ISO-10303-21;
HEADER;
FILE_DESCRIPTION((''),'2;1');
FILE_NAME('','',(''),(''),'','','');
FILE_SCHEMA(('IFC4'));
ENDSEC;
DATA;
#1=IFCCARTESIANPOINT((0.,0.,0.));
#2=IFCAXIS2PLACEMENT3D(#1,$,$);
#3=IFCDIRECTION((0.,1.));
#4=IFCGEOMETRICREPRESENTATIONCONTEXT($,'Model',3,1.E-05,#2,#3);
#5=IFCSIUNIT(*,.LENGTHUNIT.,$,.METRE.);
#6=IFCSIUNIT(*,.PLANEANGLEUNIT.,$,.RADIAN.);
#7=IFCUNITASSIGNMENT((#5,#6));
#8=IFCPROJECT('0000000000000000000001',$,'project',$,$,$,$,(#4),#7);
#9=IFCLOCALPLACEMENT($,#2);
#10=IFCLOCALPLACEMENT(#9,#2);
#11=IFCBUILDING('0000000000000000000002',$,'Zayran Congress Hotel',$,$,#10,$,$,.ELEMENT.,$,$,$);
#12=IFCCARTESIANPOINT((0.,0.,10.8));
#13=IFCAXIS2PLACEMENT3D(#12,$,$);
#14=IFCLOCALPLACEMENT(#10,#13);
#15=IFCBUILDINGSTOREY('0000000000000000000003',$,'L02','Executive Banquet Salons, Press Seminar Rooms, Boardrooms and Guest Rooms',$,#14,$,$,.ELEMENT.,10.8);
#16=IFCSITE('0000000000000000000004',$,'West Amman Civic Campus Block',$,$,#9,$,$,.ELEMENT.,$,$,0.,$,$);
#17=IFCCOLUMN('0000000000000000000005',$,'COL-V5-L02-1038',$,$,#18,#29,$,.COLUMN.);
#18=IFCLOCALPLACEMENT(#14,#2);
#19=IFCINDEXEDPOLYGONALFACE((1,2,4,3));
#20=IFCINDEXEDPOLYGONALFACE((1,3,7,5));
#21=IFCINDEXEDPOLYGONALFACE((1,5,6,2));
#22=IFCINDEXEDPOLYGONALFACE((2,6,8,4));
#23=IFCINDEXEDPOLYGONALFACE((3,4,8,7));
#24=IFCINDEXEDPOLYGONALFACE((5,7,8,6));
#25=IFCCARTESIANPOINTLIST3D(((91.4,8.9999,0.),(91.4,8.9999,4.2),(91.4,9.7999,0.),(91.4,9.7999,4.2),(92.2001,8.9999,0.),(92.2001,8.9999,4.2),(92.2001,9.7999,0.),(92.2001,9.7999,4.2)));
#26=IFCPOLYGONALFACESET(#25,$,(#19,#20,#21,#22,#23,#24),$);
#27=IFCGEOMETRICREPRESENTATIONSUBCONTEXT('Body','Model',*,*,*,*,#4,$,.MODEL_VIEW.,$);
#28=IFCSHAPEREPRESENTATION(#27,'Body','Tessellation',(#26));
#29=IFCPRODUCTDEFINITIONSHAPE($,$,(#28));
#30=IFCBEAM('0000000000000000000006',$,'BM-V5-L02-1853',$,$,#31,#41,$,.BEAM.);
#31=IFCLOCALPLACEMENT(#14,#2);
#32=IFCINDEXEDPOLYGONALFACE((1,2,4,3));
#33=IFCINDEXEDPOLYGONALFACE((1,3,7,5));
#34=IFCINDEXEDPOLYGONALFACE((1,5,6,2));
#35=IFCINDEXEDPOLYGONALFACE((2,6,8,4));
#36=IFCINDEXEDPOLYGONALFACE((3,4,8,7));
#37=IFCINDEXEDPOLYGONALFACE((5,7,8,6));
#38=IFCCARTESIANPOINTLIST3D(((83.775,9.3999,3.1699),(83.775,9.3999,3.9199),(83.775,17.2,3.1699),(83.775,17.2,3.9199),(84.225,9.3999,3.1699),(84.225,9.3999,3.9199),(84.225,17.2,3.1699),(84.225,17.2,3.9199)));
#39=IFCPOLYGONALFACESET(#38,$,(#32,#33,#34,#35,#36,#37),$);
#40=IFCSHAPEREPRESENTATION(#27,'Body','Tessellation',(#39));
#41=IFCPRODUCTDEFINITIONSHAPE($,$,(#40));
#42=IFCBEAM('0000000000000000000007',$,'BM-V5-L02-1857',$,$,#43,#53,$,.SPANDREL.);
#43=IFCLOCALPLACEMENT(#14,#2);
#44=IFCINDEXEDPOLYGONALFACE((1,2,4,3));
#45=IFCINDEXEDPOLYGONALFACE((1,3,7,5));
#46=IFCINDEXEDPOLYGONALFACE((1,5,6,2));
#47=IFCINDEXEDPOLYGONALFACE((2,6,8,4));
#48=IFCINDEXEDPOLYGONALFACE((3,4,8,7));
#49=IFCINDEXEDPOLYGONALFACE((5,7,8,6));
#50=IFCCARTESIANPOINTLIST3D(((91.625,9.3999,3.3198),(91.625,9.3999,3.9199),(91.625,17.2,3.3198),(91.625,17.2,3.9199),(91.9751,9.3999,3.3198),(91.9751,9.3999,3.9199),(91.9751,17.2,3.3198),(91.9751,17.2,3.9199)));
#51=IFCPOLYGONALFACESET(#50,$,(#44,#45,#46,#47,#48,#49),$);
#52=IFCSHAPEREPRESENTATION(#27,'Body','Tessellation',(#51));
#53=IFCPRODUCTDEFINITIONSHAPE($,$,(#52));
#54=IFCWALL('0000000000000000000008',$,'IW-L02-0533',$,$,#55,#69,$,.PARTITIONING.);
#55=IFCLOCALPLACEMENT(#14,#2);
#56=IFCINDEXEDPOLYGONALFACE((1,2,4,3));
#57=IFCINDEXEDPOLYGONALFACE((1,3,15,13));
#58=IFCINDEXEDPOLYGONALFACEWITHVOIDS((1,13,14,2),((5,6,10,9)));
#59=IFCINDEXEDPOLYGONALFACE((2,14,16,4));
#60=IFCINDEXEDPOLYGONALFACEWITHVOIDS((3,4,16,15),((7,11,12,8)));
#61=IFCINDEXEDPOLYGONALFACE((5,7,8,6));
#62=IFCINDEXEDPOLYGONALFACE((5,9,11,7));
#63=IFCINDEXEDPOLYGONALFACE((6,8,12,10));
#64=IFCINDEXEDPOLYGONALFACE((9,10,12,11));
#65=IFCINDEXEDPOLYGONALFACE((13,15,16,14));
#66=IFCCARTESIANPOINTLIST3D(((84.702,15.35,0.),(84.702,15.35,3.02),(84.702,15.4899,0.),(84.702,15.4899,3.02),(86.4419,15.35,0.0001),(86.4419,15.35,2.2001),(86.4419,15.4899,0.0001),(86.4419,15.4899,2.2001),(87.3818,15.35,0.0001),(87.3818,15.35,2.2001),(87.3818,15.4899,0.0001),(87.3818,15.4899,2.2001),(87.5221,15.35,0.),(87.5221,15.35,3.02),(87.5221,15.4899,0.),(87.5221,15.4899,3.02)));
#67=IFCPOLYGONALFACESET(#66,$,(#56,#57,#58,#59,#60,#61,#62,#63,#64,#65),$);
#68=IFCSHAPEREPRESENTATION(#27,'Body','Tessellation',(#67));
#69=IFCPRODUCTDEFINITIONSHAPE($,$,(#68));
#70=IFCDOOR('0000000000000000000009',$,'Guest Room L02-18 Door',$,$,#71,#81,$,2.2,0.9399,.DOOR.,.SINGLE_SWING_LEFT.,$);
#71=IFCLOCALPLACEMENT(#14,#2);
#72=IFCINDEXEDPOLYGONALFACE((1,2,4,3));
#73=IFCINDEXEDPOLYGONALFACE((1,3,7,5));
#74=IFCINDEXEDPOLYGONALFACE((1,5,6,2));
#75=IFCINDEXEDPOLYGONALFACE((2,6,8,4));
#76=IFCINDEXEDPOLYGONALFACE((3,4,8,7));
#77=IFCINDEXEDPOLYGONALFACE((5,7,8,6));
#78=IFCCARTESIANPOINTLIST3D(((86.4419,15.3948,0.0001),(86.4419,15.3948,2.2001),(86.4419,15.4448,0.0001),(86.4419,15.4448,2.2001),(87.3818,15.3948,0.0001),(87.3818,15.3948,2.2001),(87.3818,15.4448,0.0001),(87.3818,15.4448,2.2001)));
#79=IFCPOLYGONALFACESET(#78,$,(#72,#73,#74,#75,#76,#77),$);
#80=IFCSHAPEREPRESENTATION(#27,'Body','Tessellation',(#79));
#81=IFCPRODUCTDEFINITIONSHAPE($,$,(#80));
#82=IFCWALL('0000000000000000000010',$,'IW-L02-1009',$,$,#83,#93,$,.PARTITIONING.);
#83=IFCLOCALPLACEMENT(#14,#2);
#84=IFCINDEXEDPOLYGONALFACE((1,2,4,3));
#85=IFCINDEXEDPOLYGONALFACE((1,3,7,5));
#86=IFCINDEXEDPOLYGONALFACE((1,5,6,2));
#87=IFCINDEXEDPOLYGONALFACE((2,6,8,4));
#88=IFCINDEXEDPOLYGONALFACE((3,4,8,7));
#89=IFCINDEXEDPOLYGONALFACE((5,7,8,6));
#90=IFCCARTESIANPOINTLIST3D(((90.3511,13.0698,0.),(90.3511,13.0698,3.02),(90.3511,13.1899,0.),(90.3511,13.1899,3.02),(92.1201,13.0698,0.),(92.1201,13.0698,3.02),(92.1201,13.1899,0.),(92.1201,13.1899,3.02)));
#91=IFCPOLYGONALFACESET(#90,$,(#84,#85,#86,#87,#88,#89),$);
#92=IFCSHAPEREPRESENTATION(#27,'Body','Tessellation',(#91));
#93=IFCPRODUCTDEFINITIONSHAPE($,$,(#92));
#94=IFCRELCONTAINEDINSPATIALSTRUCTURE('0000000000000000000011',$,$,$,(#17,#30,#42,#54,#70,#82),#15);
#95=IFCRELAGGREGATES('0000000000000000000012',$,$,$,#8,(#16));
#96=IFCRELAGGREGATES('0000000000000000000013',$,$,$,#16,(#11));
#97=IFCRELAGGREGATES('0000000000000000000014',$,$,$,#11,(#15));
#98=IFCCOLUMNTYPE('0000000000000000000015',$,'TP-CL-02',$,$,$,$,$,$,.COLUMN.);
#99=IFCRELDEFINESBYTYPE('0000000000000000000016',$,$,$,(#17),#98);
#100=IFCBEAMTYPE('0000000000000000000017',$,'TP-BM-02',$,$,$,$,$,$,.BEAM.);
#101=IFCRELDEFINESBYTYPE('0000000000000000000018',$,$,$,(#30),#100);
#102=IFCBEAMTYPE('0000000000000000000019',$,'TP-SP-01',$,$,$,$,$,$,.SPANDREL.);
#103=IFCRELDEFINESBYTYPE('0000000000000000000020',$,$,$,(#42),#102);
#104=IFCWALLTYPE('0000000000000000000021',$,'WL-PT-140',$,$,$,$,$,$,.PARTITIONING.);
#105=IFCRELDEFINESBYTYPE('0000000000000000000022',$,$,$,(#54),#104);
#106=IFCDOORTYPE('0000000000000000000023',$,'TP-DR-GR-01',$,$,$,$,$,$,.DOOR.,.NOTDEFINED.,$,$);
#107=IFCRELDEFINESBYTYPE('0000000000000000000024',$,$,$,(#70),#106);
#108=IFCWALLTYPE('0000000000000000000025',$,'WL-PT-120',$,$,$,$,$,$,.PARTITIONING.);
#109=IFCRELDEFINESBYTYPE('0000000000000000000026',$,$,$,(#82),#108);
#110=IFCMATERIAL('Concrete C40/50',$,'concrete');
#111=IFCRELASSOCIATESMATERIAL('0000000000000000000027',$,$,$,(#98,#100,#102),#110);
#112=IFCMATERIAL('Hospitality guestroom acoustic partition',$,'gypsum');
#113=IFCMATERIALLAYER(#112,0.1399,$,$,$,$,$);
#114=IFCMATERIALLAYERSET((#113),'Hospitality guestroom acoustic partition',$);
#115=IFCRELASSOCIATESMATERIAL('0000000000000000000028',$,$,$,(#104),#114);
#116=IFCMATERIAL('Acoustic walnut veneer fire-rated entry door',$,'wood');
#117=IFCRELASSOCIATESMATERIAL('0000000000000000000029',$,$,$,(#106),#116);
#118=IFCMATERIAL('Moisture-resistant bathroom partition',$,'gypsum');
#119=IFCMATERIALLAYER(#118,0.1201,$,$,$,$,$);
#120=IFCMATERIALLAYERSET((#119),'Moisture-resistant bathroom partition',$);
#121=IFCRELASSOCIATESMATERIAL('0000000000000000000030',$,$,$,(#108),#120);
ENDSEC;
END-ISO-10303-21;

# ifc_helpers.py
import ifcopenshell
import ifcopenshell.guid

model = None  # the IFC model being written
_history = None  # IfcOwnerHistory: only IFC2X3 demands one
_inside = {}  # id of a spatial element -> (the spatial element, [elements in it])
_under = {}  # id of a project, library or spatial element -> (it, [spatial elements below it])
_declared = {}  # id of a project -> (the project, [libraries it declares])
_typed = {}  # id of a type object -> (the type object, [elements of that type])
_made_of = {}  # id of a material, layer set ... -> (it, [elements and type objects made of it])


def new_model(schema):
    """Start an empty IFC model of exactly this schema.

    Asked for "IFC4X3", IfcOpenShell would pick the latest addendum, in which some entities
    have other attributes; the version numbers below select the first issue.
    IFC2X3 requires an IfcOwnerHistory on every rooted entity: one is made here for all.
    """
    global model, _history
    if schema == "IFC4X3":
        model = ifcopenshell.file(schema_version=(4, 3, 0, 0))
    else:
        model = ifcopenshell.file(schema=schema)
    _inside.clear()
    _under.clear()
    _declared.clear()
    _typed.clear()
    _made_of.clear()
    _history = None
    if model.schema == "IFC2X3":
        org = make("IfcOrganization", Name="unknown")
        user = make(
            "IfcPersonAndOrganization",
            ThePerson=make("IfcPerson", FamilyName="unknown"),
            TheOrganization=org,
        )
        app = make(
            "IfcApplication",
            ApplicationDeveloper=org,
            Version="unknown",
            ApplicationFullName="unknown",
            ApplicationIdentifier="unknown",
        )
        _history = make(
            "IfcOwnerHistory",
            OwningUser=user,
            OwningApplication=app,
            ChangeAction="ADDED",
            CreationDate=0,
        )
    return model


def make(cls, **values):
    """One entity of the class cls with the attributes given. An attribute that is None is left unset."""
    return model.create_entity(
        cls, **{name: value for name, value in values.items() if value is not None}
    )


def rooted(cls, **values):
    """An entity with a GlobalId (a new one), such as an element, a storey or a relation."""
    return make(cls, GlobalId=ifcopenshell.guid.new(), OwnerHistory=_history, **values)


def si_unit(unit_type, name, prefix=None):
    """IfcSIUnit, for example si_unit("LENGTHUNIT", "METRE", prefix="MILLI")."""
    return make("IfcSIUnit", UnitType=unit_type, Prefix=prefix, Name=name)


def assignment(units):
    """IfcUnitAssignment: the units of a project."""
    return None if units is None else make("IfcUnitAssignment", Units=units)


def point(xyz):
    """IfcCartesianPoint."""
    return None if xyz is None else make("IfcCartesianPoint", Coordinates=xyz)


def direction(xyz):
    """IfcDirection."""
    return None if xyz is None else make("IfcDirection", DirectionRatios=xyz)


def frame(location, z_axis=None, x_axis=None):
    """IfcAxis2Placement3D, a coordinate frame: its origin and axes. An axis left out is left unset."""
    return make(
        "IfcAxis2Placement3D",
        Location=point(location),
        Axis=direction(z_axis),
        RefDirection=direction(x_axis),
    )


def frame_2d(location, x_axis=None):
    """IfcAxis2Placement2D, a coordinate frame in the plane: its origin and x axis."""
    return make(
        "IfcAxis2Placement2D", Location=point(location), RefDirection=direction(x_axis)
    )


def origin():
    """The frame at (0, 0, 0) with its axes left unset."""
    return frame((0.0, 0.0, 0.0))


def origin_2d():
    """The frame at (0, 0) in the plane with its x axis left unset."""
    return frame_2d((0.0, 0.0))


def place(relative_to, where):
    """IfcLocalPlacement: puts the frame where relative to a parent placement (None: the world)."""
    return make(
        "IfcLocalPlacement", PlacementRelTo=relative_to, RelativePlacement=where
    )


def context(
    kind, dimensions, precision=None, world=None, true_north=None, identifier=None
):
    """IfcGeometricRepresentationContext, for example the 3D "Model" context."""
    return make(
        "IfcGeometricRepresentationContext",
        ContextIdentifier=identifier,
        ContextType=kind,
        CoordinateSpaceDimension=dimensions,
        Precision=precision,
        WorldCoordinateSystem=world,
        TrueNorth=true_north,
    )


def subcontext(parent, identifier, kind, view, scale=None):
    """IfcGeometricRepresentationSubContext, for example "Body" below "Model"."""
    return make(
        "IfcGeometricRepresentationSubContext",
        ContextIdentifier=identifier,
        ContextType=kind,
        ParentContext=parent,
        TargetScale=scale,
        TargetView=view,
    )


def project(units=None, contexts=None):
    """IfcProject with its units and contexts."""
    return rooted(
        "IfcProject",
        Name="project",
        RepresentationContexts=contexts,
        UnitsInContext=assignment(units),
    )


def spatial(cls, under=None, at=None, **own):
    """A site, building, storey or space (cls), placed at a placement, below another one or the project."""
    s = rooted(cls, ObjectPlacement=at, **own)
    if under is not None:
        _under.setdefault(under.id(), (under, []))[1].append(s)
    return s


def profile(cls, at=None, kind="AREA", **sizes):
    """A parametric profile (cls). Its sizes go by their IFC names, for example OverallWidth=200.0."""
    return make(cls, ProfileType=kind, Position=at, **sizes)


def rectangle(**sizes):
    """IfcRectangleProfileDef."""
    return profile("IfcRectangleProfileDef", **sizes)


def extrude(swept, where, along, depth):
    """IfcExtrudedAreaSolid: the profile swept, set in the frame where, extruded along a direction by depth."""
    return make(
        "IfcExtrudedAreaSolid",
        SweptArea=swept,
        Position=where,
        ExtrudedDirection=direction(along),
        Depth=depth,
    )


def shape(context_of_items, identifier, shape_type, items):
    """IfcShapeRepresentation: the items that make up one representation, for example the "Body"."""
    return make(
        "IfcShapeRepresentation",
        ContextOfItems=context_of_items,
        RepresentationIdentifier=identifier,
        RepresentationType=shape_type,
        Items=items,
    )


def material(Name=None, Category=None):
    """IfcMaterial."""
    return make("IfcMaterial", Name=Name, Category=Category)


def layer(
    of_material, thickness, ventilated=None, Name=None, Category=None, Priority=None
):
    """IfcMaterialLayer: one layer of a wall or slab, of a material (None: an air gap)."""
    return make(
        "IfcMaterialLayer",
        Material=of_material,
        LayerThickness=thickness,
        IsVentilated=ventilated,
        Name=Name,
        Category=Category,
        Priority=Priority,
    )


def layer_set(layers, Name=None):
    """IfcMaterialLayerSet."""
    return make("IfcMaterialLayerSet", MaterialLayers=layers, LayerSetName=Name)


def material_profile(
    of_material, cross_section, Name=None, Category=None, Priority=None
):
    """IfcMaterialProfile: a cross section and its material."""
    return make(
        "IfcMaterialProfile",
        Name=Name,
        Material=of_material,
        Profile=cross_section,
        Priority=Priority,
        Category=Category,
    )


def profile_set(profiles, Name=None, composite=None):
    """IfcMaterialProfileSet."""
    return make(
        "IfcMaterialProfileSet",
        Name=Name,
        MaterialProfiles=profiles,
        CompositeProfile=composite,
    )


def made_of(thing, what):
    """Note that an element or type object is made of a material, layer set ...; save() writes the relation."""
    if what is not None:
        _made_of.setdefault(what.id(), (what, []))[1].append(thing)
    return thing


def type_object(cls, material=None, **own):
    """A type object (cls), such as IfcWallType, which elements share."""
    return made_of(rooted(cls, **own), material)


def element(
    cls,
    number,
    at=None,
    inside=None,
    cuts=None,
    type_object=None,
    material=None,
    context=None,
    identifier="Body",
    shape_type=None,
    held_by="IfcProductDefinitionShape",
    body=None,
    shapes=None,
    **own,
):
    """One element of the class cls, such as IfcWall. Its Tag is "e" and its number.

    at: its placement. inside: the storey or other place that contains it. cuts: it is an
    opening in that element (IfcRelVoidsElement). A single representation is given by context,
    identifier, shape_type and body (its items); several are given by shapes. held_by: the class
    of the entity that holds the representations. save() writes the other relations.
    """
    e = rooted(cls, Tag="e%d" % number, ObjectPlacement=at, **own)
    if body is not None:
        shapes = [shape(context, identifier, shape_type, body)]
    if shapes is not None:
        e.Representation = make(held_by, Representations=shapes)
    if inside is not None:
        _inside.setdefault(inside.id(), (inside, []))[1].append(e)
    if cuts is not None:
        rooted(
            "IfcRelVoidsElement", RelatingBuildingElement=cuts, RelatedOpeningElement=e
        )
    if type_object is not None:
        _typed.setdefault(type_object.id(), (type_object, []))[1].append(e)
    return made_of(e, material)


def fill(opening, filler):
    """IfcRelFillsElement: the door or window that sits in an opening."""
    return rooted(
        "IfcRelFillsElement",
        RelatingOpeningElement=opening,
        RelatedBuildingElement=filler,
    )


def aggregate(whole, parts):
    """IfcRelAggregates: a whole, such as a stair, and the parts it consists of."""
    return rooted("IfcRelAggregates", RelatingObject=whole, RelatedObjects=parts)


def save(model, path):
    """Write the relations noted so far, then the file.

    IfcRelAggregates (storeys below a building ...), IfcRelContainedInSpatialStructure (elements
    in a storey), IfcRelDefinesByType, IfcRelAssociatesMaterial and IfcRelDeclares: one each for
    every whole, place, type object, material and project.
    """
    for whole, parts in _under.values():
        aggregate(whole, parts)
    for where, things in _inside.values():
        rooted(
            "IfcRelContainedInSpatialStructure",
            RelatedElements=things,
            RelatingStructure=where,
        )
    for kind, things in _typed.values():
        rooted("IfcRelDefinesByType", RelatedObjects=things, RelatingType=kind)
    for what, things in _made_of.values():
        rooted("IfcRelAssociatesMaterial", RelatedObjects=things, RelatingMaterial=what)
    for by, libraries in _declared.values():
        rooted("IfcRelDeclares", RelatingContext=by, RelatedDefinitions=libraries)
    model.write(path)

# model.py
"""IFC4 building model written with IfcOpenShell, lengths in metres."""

from ifc_helpers import new_model, si_unit, direction, frame, frame_2d, origin, origin_2d, place, context, subcontext, project, spatial, rectangle, extrude, material, layer, layer_set, material_profile, profile_set, type_object, element, fill, save


model = new_model("IFC4")

# Units and contexts
model_context = context("Model", 3, precision=1e-05, world=origin(), true_north=direction((0.0, 1.0)))
body_context = subcontext(model_context, "Body", "Model", "MODEL_VIEW")
ifc_project = project(units=[si_unit("LENGTHUNIT", "METRE"), si_unit("PLANEANGLEUNIT", "RADIAN")], contexts=[model_context])

# Site, building, storey
site_placement = place(None, origin())
site = spatial("IfcSite", under=ifc_project, at=site_placement, Name="West Amman Civic Campus Block", CompositionType="ELEMENT", RefElevation=0.0)
building_placement = place(site_placement, origin())
building = spatial("IfcBuilding", under=site, at=building_placement, Name="Zayran Congress Hotel", CompositionType="ELEMENT")
storey_placement = place(building_placement, frame((0.0, 0.0, 10.8)))
storey = spatial("IfcBuildingStorey", under=building, at=storey_placement, Name="L02", Description="Executive Banquet Salons, Press Seminar Rooms, Boardrooms and Guest Rooms", CompositionType="ELEMENT", Elevation=10.8)

# Column
ifc_material_1 = material(Name="Concrete C40/50", Category="concrete")
ifc_material_profile_1 = material_profile(ifc_material_1, rectangle(XDim=0.8, YDim=0.8, at=origin_2d()), Name="RC 800x800")
ifc_profile_set_1 = profile_set([ifc_material_profile_1], Name="Concrete C40/50")
column_type = type_object("IfcColumnType", Name="TP-CL-02", PredefinedType="COLUMN", material=ifc_profile_set_1)
column_placement = place(storey_placement, frame((91.8, 9.3999, 0.0), z_axis=(0.0, 0.0, 1.0), x_axis=(1.0, 0.0, 0.0)))
element("IfcColumn", 1, at=column_placement, inside=storey, type_object=column_type, Name="COL-V5-L02-1038", PredefinedType="COLUMN", context=body_context, shape_type="SweptSolid", body=[
    extrude(rectangle(XDim=0.8, YDim=0.8, at=origin_2d()), origin(), (0.0, 0.0, 1.0), 4.2),
])

# Beams
ifc_material_profile_2 = material_profile(ifc_material_1, rectangle(XDim=0.45, YDim=0.75, at=origin_2d()), Name="RC 450x750")
ifc_profile_set_2 = profile_set([ifc_material_profile_2], Name="Concrete C40/50")
beam_type_1 = type_object("IfcBeamType", Name="TP-BM-02", PredefinedType="BEAM", material=ifc_profile_set_2)
beam_1_placement = place(storey_placement, frame((84.0, 9.3999, 3.5449), z_axis=(0.0, 1.0, 0.0), x_axis=(-1.0, 0.0, 0.0)))
element("IfcBeam", 2, at=beam_1_placement, inside=storey, type_object=beam_type_1, Name="BM-V5-L02-1853", PredefinedType="BEAM", context=body_context, shape_type="SweptSolid", body=[
    extrude(rectangle(XDim=0.45, YDim=0.75, at=origin_2d()), origin(), (0.0, 0.0, 1.0), 7.8),
])
ifc_material_profile_3 = material_profile(ifc_material_1, rectangle(XDim=0.3501, YDim=0.6001, at=origin_2d()), Name="RC 350x600")
ifc_profile_set_3 = profile_set([ifc_material_profile_3], Name="Concrete C40/50")
beam_type_2 = type_object("IfcBeamType", Name="TP-SP-01", PredefinedType="SPANDREL", material=ifc_profile_set_3)
beam_2_placement = place(storey_placement, frame((91.8, 9.3999, 3.6199), z_axis=(0.0, 1.0, 0.0), x_axis=(-1.0, 0.0, 0.0)))
element("IfcBeam", 3, at=beam_2_placement, inside=storey, type_object=beam_type_2, Name="BM-V5-L02-1857", PredefinedType="SPANDREL", context=body_context, shape_type="SweptSolid", body=[
    extrude(rectangle(XDim=0.3501, YDim=0.6001, at=origin_2d()), origin(), (0.0, 0.0, 1.0), 7.8),
])

# Wall, opening, door
ifc_material_2 = material(Name="Hospitality guestroom acoustic partition", Category="gypsum")
ifc_layer_1 = layer(ifc_material_2, 0.1399)
ifc_layer_set_1 = layer_set([ifc_layer_1], Name="Hospitality guestroom acoustic partition")
wall_type_1 = type_object("IfcWallType", Name="WL-PT-140", PredefinedType="PARTITIONING", material=ifc_layer_set_1)
wall_1_placement = place(storey_placement, frame((84.7019, 15.4199, 0.0), z_axis=(0.0, 0.0, 1.0), x_axis=(1.0, 0.0, 0.0)))
wall_1 = element("IfcWall", 4, at=wall_1_placement, inside=storey, type_object=wall_type_1, Name="IW-L02-0533", PredefinedType="PARTITIONING", context=body_context, shape_type="SweptSolid", body=[
    extrude(rectangle(XDim=2.8201, YDim=0.1399, at=frame_2d((1.4102, 0.0))), origin(), (0.0, 0.0, 1.0), 3.02),
])
opening_1_placement = place(wall_1_placement, frame((1.74, 0.0, 0.0)))
opening_1 = element("IfcOpeningElement", 5, at=opening_1_placement, cuts=wall_1, PredefinedType="OPENING", context=body_context, shape_type="SweptSolid", body=[
    extrude(rectangle(XDim=0.9399, YDim=2.2, at=frame_2d((0.47, 1.1001))), frame((0.0, 0.0798, 0.0), z_axis=(0.0, -1.0, 0.0), x_axis=(1.0, 0.0, 0.0)), (0.0, 0.0, 1.0), 0.1599),
])
ifc_material_3 = material(Name="Acoustic walnut veneer fire-rated entry door", Category="wood")
door_type_1 = type_object("IfcDoorType", Name="TP-DR-GR-01", OperationType="NOTDEFINED", PredefinedType="DOOR", material=ifc_material_3)
door_1_placement = place(opening_1_placement, origin())
door_1 = element("IfcDoor", 6, at=door_1_placement, inside=storey, type_object=door_type_1, Name="Guest Room L02-18 Door", OperationType="SINGLE_SWING_LEFT", OverallHeight=2.2, OverallWidth=0.9399, PredefinedType="DOOR", context=body_context, shape_type="SweptSolid", body=[
    extrude(rectangle(XDim=0.9399, YDim=2.2, at=frame_2d((0.47, 1.1001))), frame((0.0, 0.0249, 0.0), z_axis=(0.0, -1.0, 0.0), x_axis=(1.0, 0.0, 0.0)), (0.0, 0.0, 1.0), 0.05),
])
fill(opening_1, door_1)
ifc_material_4 = material(Name="Moisture-resistant bathroom partition", Category="gypsum")
ifc_layer_2 = layer(ifc_material_4, 0.1201)
ifc_layer_set_2 = layer_set([ifc_layer_2], Name="Moisture-resistant bathroom partition")
wall_type_2 = type_object("IfcWallType", Name="WL-PT-120", PredefinedType="PARTITIONING", material=ifc_layer_set_2)

# Wall
wall_2_placement = place(storey_placement, frame((90.3511, 13.1299, 0.0), z_axis=(0.0, 0.0, 1.0), x_axis=(1.0, 0.0, 0.0)))
element("IfcWall", 7, at=wall_2_placement, inside=storey, type_object=wall_type_2, Name="IW-L02-1009", PredefinedType="PARTITIONING", context=body_context, shape_type="SweptSolid", body=[
    extrude(rectangle(XDim=1.769, YDim=0.1201, at=frame_2d((0.8845, 0.0))), origin(), (0.0, 0.0, 1.0), 3.02),
])

save(model, "model.ifc")
